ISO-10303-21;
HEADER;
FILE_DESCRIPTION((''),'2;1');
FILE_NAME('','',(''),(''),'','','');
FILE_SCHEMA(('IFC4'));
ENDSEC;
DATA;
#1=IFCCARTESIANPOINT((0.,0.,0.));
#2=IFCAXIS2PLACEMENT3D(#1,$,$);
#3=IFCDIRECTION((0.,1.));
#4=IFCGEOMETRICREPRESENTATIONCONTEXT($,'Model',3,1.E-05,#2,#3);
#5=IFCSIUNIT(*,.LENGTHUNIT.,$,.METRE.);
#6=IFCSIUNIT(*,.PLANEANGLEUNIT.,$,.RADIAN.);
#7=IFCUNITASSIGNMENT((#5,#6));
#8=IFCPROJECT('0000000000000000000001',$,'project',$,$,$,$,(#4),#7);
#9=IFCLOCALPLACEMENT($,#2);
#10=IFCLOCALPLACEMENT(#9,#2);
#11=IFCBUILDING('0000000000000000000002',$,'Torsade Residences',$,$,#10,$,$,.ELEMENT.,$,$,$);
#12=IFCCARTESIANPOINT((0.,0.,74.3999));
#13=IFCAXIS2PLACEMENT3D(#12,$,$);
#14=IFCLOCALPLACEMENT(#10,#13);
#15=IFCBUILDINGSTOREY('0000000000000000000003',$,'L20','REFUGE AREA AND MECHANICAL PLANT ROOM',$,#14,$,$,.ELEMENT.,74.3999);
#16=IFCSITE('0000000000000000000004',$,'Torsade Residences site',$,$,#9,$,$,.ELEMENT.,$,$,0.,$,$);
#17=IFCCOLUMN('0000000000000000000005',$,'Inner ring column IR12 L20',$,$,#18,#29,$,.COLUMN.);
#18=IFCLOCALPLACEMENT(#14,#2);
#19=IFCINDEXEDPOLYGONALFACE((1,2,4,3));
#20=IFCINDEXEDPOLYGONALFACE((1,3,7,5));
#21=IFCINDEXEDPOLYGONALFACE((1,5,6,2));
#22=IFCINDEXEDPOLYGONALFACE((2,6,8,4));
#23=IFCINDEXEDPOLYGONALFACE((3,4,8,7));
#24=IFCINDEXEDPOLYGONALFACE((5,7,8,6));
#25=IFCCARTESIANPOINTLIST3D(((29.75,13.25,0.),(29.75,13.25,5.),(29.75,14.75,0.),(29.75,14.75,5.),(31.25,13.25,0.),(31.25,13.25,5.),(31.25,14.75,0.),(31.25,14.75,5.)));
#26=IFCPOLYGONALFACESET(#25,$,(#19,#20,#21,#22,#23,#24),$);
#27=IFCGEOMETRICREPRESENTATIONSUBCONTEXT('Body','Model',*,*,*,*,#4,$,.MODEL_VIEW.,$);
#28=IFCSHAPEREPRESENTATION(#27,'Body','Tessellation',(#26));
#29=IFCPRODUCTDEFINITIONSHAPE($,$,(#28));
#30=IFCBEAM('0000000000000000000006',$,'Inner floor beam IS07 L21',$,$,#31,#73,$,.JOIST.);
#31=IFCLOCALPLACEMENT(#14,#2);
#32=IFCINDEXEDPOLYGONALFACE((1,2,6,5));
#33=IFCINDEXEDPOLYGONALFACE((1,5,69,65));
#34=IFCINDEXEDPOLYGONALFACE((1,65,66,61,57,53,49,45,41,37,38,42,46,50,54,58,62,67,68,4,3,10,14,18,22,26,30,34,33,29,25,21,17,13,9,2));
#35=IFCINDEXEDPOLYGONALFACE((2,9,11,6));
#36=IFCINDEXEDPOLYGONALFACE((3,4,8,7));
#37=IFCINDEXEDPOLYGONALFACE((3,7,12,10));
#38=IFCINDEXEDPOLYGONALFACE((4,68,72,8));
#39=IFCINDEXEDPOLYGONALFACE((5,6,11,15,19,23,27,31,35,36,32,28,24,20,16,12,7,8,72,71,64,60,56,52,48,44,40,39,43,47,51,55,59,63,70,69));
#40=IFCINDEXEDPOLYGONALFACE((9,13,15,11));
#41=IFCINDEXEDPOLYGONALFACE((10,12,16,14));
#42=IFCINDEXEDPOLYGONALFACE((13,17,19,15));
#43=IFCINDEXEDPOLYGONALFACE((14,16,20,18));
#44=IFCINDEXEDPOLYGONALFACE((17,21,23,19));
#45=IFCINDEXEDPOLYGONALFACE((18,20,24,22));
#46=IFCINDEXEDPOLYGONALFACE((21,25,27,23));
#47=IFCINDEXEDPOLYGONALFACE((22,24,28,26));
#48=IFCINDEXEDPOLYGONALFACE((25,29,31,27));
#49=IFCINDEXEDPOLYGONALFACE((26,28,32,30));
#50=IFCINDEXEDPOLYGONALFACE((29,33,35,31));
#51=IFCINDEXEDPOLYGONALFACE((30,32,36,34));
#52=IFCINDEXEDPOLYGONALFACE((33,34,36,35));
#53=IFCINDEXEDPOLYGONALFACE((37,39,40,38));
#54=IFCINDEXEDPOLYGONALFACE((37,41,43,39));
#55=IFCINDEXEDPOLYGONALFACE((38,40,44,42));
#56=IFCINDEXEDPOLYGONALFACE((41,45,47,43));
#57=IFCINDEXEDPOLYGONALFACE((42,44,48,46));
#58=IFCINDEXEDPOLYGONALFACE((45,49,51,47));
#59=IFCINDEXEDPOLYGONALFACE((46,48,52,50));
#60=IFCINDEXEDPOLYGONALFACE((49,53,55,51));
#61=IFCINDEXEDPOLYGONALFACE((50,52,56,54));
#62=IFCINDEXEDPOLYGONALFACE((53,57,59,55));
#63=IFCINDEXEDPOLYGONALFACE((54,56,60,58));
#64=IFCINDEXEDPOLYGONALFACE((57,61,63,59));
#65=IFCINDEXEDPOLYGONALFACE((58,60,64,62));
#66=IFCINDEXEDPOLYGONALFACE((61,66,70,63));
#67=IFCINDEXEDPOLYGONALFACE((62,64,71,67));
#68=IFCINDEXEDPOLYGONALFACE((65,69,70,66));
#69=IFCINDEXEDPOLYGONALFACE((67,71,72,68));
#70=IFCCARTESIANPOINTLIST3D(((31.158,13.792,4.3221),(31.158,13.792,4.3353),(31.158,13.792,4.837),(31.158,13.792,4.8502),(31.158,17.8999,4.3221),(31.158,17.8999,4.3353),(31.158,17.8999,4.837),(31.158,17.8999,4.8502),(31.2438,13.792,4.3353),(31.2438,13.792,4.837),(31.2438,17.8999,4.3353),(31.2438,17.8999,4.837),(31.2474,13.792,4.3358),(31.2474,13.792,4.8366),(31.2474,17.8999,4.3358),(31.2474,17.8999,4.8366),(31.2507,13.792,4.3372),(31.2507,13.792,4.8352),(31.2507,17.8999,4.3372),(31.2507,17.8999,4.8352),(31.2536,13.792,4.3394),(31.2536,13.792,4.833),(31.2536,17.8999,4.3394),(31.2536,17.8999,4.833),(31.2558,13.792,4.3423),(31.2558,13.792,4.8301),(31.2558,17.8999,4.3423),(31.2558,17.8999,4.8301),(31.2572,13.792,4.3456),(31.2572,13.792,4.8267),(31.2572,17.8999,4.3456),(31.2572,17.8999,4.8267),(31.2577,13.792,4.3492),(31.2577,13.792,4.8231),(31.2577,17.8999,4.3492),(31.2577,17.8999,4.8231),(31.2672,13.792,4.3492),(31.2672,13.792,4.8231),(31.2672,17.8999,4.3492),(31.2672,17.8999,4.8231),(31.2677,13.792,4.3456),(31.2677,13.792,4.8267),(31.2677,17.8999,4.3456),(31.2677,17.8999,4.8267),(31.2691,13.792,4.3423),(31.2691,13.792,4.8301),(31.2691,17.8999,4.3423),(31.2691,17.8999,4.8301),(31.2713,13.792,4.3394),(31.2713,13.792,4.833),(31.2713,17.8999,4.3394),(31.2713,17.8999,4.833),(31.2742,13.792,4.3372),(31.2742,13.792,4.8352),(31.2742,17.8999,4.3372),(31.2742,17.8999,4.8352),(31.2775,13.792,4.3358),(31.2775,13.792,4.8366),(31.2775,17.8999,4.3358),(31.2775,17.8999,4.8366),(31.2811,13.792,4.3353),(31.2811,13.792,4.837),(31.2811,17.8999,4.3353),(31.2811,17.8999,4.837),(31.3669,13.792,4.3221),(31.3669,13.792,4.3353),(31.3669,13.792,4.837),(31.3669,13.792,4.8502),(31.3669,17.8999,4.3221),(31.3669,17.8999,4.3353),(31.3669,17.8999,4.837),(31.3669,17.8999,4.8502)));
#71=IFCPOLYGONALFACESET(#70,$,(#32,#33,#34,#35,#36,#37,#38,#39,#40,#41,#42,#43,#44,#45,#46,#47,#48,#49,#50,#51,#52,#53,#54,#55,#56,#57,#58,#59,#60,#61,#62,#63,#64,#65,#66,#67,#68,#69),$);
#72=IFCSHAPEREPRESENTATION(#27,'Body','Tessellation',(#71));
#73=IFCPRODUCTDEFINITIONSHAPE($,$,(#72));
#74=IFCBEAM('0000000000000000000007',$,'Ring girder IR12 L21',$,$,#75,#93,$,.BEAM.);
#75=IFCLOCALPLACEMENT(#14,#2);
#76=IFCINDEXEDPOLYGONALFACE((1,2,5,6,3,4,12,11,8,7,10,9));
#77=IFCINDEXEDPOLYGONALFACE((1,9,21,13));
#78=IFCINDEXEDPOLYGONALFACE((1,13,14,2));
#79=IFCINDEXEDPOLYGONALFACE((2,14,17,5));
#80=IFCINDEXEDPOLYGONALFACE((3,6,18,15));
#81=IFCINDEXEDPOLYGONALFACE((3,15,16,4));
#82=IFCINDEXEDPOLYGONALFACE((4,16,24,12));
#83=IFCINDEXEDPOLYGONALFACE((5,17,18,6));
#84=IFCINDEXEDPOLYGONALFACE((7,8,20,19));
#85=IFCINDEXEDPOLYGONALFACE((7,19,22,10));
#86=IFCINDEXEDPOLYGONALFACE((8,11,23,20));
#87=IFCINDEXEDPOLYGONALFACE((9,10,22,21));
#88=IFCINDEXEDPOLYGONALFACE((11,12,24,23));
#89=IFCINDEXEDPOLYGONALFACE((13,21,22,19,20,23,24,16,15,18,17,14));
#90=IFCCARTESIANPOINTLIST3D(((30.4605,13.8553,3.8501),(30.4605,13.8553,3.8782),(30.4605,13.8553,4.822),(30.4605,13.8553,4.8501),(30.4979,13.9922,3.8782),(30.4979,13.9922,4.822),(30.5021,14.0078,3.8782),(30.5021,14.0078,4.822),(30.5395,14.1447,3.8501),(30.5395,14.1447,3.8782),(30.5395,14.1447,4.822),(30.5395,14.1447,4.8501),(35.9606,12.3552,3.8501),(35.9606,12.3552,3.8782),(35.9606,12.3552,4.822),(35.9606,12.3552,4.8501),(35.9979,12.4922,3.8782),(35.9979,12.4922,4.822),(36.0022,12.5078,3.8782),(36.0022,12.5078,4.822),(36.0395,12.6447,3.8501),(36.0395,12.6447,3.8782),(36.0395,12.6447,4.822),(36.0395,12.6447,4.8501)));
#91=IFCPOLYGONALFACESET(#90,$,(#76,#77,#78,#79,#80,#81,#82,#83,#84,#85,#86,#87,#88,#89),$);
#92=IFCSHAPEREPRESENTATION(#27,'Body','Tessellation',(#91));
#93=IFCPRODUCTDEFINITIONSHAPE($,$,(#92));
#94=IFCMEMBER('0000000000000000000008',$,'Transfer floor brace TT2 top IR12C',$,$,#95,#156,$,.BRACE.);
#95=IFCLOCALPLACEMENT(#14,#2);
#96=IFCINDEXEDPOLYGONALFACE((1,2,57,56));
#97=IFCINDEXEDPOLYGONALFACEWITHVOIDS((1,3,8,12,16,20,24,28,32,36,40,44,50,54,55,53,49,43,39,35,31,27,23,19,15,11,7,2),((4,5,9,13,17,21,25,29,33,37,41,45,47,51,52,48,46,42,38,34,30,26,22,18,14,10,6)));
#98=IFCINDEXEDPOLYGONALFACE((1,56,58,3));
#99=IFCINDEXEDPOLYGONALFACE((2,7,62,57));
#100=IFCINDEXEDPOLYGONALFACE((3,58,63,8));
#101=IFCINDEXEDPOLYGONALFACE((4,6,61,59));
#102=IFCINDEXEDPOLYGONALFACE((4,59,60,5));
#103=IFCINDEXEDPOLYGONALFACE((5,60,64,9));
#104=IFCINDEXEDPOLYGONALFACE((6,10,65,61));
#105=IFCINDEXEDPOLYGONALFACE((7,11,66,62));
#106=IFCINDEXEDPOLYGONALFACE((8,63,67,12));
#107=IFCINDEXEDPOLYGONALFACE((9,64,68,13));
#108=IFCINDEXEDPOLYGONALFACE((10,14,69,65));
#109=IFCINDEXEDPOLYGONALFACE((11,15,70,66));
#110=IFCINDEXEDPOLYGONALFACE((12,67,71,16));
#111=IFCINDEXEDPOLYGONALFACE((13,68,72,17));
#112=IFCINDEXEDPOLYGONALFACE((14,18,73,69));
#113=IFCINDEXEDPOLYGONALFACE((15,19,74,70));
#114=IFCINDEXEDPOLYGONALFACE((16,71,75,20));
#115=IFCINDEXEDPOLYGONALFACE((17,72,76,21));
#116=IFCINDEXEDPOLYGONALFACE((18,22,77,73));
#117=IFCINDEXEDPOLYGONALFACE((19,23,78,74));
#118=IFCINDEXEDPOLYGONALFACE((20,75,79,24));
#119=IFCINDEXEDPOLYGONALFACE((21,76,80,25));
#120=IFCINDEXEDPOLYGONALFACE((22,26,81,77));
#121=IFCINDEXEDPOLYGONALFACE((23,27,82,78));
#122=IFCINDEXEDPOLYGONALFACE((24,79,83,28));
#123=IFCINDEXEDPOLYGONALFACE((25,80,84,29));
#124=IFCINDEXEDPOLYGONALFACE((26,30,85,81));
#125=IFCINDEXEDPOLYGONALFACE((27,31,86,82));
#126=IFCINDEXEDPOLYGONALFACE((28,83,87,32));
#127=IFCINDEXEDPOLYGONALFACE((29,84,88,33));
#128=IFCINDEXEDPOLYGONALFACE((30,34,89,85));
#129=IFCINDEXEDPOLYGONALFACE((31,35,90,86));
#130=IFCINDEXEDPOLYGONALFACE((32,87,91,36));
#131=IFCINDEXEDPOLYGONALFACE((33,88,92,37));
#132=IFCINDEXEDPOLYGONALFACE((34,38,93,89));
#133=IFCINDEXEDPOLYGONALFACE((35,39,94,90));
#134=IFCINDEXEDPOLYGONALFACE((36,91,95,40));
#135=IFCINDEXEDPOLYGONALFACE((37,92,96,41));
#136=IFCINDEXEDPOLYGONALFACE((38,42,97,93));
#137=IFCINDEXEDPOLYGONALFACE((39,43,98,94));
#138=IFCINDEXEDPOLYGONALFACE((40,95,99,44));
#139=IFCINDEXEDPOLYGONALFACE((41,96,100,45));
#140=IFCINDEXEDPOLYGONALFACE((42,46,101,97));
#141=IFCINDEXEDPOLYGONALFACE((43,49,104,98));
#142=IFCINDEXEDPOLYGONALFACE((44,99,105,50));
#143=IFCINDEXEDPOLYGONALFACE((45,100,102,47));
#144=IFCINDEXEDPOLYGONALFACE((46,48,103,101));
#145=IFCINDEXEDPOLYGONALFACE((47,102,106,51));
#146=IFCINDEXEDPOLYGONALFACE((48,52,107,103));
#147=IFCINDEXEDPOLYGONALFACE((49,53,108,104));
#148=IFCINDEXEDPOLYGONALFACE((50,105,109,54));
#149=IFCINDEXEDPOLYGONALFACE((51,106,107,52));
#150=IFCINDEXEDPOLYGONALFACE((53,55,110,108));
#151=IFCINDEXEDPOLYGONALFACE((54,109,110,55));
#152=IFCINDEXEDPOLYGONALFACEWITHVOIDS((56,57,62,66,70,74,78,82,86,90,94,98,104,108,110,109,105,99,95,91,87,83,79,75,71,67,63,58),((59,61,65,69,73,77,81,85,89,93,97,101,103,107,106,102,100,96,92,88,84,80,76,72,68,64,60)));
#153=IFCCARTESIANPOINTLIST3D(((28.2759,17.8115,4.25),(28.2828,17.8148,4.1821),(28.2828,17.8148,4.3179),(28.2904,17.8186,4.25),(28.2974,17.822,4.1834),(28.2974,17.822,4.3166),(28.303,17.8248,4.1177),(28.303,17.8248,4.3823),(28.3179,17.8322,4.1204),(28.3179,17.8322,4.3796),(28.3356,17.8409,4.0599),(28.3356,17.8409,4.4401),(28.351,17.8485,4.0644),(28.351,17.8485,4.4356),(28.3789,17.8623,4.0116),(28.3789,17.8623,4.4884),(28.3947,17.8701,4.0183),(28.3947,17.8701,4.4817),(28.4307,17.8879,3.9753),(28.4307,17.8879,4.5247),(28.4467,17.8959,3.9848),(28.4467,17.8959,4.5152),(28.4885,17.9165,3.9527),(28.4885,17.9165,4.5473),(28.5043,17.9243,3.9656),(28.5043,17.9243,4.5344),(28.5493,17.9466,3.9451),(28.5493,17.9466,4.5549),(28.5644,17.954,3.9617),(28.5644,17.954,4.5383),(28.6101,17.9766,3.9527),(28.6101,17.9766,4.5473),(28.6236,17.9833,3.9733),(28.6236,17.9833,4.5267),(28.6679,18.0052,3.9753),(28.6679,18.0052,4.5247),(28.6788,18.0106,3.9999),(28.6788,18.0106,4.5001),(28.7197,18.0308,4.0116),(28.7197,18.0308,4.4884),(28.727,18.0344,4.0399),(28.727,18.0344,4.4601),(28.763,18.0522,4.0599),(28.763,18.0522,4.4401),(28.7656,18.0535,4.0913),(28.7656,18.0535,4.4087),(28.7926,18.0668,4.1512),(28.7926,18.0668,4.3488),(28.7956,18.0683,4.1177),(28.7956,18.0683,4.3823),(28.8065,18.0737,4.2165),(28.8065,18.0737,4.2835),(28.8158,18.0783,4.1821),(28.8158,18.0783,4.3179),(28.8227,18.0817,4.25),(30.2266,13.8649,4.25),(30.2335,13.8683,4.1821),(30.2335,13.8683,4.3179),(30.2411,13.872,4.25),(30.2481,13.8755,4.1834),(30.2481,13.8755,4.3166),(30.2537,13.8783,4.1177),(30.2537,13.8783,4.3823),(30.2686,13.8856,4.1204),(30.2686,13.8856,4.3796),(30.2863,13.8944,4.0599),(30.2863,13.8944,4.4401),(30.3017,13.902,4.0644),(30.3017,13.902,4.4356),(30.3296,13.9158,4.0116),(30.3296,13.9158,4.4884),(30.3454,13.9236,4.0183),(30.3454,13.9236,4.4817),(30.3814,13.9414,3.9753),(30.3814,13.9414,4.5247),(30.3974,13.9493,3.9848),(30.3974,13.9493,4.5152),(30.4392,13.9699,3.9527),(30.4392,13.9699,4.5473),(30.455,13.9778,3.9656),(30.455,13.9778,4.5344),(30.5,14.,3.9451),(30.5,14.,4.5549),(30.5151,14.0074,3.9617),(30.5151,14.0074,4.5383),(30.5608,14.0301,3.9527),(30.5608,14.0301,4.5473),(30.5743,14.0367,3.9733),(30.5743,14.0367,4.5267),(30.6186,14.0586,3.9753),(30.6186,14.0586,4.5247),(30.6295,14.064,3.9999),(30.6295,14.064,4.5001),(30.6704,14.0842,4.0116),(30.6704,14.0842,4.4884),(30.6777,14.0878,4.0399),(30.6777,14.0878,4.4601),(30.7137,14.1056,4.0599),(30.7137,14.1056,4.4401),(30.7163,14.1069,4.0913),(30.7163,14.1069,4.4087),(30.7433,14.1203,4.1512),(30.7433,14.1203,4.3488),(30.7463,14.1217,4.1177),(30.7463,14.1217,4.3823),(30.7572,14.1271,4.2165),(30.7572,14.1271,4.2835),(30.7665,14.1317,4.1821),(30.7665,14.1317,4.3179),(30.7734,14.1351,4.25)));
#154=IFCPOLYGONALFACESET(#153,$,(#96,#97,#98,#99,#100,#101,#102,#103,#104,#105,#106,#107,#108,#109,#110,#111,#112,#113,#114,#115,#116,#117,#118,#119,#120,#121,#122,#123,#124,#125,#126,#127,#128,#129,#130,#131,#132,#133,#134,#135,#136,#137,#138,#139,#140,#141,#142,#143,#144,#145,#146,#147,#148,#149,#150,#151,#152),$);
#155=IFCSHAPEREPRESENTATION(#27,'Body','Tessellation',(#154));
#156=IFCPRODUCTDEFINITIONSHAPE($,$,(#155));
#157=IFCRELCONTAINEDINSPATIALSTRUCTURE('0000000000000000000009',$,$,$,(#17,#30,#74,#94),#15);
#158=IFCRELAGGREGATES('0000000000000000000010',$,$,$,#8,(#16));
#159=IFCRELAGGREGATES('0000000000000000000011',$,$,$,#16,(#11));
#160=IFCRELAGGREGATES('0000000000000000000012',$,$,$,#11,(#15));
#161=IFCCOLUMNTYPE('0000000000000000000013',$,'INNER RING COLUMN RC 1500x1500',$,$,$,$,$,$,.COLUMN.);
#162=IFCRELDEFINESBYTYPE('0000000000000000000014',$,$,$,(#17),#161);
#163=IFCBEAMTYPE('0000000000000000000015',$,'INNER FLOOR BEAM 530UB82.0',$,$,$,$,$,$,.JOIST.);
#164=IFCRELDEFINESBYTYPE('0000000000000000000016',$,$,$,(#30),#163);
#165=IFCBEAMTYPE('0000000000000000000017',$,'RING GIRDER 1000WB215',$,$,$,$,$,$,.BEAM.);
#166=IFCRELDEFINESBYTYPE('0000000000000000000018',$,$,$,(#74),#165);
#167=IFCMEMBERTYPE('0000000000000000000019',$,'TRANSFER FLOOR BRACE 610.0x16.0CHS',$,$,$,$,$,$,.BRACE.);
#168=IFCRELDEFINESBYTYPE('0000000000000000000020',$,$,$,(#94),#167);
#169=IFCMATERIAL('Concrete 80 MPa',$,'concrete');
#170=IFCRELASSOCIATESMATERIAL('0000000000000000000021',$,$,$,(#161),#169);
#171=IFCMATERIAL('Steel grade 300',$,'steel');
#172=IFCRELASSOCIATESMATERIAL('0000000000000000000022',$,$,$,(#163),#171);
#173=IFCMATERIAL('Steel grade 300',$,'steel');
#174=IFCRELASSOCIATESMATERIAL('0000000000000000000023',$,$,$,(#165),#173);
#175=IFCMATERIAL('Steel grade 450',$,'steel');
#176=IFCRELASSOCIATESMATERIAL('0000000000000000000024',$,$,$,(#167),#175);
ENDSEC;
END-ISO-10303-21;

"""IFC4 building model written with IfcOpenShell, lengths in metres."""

from ifc_helpers import new_model, si_unit, direction, frame, origin, origin_2d, place, context, subcontext, project, spatial, rectangle, hollow_circle, i_section, extrude, material, material_profile, profile_set, type_object, element, save


model = new_model("IFC4")

# Units and contexts
model_context = context("Model", 3, precision=1e-05, world=origin(), true_north=direction((0.0, 1.0)))
body_context = subcontext(model_context, "Body", "Model", "MODEL_VIEW")
ifc_project = project(units=[si_unit("LENGTHUNIT", "METRE"), si_unit("PLANEANGLEUNIT", "RADIAN")], contexts=[model_context])

# Site, building, storey
site_placement = place(None, origin())
site = spatial("IfcSite", under=ifc_project, at=site_placement, Name="Torsade Residences site", CompositionType="ELEMENT", RefElevation=0.0)
building_placement = place(site_placement, origin())
building = spatial("IfcBuilding", under=site, at=building_placement, Name="Torsade Residences", CompositionType="ELEMENT")
storey_placement = place(building_placement, frame((0.0, 0.0, 74.3999)))
storey = spatial("IfcBuildingStorey", under=building, at=storey_placement, Name="L20", Description="REFUGE AREA AND MECHANICAL PLANT ROOM", CompositionType="ELEMENT", Elevation=74.3999)

# Column
ifc_material_1 = material(Name="Concrete 80 MPa", Category="concrete")
ifc_material_profile_1 = material_profile(ifc_material_1, rectangle(XDim=1.5, YDim=1.5, at=origin_2d()), Name="RC 1500x1500")
ifc_profile_set_1 = profile_set([ifc_material_profile_1], Name="Concrete 80 MPa")
column_type = type_object("IfcColumnType", Name="INNER RING COLUMN RC 1500x1500", PredefinedType="COLUMN", material=ifc_profile_set_1)
column_placement = place(storey_placement, frame((30.5, 14.0, 0.0), z_axis=(0.0, 0.0, 1.0), x_axis=(1.0, 0.0, 0.0)))
element("IfcColumn", 1, at=column_placement, inside=storey, type_object=column_type, Name="Inner ring column IR12 L20", PredefinedType="COLUMN", context=body_context, shape_type="SweptSolid", body=[
    extrude(rectangle(XDim=1.5, YDim=1.5, at=origin_2d()), origin(), (0.0, 0.0, 1.0), 5.0),
])

# Beams
ifc_material_2 = material(Name="Steel grade 300", Category="steel")
ifc_material_profile_2 = material_profile(ifc_material_2, i_section(OverallWidth=0.209, OverallDepth=0.5281, WebThickness=0.0095, FlangeThickness=0.0132, FilletRadius=0.0139, at=origin_2d()), Name="530UB82.0")
ifc_profile_set_2 = profile_set([ifc_material_profile_2], Name="Steel grade 300")
beam_type_1 = type_object("IfcBeamType", Name="INNER FLOOR BEAM 530UB82.0", PredefinedType="JOIST", material=ifc_profile_set_2)
beam_1_placement = place(storey_placement, frame((31.2625, 17.8999, 4.5862), z_axis=(0.0, -1.0, 0.0), x_axis=(1.0, 0.0, 0.0)))
element("IfcBeam", 2, at=beam_1_placement, inside=storey, type_object=beam_type_1, Name="Inner floor beam IS07 L21", PredefinedType="JOIST", context=body_context, shape_type="SweptSolid", body=[
    extrude(i_section(OverallWidth=0.209, OverallDepth=0.5281, WebThickness=0.0095, FlangeThickness=0.0132, FilletRadius=0.0139, at=origin_2d()), origin(), (0.0, 0.0, 1.0), 4.1079),
])
ifc_material_3 = material(Name="Steel grade 300", Category="steel")
ifc_material_profile_3 = material_profile(ifc_material_3, i_section(OverallWidth=0.3, OverallDepth=1.0, WebThickness=0.0161, FlangeThickness=0.0281, at=origin_2d()), Name="1000WB215")
ifc_profile_set_3 = profile_set([ifc_material_profile_3], Name="Steel grade 300")
beam_type_2 = type_object("IfcBeamType", Name="RING GIRDER 1000WB215", PredefinedType="BEAM", material=ifc_profile_set_3)
beam_2_placement = place(storey_placement, frame((30.5, 14.0, 4.3501), z_axis=(0.964764, -0.263117, 0.0), x_axis=(0.263117, 0.964764, 0.0)))
element("IfcBeam", 3, at=beam_2_placement, inside=storey, type_object=beam_type_2, Name="Ring girder IR12 L21", PredefinedType="BEAM", context=body_context, shape_type="SweptSolid", body=[
    extrude(i_section(OverallWidth=0.3, OverallDepth=1.0, WebThickness=0.0161, FlangeThickness=0.0281, at=origin_2d()), origin(), (0.0, 0.0, 1.0), 5.7009),
])

# Member
ifc_material_4 = material(Name="Steel grade 450", Category="steel")
ifc_material_profile_4 = material_profile(ifc_material_4, hollow_circle(Radius=0.3049, WallThickness=0.0161, at=origin_2d()), Name="610.0x16.0CHS")
ifc_profile_set_4 = profile_set([ifc_material_profile_4], Name="Steel grade 450")
member_type = type_object("IfcMemberType", Name="TRANSFER FLOOR BRACE 610.0x16.0CHS", PredefinedType="BRACE", material=ifc_profile_set_4)
member_placement = place(storey_placement, frame((30.5, 14.0, 4.25), z_axis=(-0.443105, 0.89647, 0.0), x_axis=(-0.89647, -0.443105, 0.0)))
element("IfcMember", 4, at=member_placement, inside=storey, type_object=member_type, Name="Transfer floor brace TT2 top IR12C", PredefinedType="BRACE", context=body_context, shape_type="SweptSolid", body=[
    extrude(hollow_circle(Radius=0.3049, WallThickness=0.0161, at=origin_2d()), origin(), (0.0, 0.0, 1.0), 4.4023),
])

save(model, "model.ifc")
